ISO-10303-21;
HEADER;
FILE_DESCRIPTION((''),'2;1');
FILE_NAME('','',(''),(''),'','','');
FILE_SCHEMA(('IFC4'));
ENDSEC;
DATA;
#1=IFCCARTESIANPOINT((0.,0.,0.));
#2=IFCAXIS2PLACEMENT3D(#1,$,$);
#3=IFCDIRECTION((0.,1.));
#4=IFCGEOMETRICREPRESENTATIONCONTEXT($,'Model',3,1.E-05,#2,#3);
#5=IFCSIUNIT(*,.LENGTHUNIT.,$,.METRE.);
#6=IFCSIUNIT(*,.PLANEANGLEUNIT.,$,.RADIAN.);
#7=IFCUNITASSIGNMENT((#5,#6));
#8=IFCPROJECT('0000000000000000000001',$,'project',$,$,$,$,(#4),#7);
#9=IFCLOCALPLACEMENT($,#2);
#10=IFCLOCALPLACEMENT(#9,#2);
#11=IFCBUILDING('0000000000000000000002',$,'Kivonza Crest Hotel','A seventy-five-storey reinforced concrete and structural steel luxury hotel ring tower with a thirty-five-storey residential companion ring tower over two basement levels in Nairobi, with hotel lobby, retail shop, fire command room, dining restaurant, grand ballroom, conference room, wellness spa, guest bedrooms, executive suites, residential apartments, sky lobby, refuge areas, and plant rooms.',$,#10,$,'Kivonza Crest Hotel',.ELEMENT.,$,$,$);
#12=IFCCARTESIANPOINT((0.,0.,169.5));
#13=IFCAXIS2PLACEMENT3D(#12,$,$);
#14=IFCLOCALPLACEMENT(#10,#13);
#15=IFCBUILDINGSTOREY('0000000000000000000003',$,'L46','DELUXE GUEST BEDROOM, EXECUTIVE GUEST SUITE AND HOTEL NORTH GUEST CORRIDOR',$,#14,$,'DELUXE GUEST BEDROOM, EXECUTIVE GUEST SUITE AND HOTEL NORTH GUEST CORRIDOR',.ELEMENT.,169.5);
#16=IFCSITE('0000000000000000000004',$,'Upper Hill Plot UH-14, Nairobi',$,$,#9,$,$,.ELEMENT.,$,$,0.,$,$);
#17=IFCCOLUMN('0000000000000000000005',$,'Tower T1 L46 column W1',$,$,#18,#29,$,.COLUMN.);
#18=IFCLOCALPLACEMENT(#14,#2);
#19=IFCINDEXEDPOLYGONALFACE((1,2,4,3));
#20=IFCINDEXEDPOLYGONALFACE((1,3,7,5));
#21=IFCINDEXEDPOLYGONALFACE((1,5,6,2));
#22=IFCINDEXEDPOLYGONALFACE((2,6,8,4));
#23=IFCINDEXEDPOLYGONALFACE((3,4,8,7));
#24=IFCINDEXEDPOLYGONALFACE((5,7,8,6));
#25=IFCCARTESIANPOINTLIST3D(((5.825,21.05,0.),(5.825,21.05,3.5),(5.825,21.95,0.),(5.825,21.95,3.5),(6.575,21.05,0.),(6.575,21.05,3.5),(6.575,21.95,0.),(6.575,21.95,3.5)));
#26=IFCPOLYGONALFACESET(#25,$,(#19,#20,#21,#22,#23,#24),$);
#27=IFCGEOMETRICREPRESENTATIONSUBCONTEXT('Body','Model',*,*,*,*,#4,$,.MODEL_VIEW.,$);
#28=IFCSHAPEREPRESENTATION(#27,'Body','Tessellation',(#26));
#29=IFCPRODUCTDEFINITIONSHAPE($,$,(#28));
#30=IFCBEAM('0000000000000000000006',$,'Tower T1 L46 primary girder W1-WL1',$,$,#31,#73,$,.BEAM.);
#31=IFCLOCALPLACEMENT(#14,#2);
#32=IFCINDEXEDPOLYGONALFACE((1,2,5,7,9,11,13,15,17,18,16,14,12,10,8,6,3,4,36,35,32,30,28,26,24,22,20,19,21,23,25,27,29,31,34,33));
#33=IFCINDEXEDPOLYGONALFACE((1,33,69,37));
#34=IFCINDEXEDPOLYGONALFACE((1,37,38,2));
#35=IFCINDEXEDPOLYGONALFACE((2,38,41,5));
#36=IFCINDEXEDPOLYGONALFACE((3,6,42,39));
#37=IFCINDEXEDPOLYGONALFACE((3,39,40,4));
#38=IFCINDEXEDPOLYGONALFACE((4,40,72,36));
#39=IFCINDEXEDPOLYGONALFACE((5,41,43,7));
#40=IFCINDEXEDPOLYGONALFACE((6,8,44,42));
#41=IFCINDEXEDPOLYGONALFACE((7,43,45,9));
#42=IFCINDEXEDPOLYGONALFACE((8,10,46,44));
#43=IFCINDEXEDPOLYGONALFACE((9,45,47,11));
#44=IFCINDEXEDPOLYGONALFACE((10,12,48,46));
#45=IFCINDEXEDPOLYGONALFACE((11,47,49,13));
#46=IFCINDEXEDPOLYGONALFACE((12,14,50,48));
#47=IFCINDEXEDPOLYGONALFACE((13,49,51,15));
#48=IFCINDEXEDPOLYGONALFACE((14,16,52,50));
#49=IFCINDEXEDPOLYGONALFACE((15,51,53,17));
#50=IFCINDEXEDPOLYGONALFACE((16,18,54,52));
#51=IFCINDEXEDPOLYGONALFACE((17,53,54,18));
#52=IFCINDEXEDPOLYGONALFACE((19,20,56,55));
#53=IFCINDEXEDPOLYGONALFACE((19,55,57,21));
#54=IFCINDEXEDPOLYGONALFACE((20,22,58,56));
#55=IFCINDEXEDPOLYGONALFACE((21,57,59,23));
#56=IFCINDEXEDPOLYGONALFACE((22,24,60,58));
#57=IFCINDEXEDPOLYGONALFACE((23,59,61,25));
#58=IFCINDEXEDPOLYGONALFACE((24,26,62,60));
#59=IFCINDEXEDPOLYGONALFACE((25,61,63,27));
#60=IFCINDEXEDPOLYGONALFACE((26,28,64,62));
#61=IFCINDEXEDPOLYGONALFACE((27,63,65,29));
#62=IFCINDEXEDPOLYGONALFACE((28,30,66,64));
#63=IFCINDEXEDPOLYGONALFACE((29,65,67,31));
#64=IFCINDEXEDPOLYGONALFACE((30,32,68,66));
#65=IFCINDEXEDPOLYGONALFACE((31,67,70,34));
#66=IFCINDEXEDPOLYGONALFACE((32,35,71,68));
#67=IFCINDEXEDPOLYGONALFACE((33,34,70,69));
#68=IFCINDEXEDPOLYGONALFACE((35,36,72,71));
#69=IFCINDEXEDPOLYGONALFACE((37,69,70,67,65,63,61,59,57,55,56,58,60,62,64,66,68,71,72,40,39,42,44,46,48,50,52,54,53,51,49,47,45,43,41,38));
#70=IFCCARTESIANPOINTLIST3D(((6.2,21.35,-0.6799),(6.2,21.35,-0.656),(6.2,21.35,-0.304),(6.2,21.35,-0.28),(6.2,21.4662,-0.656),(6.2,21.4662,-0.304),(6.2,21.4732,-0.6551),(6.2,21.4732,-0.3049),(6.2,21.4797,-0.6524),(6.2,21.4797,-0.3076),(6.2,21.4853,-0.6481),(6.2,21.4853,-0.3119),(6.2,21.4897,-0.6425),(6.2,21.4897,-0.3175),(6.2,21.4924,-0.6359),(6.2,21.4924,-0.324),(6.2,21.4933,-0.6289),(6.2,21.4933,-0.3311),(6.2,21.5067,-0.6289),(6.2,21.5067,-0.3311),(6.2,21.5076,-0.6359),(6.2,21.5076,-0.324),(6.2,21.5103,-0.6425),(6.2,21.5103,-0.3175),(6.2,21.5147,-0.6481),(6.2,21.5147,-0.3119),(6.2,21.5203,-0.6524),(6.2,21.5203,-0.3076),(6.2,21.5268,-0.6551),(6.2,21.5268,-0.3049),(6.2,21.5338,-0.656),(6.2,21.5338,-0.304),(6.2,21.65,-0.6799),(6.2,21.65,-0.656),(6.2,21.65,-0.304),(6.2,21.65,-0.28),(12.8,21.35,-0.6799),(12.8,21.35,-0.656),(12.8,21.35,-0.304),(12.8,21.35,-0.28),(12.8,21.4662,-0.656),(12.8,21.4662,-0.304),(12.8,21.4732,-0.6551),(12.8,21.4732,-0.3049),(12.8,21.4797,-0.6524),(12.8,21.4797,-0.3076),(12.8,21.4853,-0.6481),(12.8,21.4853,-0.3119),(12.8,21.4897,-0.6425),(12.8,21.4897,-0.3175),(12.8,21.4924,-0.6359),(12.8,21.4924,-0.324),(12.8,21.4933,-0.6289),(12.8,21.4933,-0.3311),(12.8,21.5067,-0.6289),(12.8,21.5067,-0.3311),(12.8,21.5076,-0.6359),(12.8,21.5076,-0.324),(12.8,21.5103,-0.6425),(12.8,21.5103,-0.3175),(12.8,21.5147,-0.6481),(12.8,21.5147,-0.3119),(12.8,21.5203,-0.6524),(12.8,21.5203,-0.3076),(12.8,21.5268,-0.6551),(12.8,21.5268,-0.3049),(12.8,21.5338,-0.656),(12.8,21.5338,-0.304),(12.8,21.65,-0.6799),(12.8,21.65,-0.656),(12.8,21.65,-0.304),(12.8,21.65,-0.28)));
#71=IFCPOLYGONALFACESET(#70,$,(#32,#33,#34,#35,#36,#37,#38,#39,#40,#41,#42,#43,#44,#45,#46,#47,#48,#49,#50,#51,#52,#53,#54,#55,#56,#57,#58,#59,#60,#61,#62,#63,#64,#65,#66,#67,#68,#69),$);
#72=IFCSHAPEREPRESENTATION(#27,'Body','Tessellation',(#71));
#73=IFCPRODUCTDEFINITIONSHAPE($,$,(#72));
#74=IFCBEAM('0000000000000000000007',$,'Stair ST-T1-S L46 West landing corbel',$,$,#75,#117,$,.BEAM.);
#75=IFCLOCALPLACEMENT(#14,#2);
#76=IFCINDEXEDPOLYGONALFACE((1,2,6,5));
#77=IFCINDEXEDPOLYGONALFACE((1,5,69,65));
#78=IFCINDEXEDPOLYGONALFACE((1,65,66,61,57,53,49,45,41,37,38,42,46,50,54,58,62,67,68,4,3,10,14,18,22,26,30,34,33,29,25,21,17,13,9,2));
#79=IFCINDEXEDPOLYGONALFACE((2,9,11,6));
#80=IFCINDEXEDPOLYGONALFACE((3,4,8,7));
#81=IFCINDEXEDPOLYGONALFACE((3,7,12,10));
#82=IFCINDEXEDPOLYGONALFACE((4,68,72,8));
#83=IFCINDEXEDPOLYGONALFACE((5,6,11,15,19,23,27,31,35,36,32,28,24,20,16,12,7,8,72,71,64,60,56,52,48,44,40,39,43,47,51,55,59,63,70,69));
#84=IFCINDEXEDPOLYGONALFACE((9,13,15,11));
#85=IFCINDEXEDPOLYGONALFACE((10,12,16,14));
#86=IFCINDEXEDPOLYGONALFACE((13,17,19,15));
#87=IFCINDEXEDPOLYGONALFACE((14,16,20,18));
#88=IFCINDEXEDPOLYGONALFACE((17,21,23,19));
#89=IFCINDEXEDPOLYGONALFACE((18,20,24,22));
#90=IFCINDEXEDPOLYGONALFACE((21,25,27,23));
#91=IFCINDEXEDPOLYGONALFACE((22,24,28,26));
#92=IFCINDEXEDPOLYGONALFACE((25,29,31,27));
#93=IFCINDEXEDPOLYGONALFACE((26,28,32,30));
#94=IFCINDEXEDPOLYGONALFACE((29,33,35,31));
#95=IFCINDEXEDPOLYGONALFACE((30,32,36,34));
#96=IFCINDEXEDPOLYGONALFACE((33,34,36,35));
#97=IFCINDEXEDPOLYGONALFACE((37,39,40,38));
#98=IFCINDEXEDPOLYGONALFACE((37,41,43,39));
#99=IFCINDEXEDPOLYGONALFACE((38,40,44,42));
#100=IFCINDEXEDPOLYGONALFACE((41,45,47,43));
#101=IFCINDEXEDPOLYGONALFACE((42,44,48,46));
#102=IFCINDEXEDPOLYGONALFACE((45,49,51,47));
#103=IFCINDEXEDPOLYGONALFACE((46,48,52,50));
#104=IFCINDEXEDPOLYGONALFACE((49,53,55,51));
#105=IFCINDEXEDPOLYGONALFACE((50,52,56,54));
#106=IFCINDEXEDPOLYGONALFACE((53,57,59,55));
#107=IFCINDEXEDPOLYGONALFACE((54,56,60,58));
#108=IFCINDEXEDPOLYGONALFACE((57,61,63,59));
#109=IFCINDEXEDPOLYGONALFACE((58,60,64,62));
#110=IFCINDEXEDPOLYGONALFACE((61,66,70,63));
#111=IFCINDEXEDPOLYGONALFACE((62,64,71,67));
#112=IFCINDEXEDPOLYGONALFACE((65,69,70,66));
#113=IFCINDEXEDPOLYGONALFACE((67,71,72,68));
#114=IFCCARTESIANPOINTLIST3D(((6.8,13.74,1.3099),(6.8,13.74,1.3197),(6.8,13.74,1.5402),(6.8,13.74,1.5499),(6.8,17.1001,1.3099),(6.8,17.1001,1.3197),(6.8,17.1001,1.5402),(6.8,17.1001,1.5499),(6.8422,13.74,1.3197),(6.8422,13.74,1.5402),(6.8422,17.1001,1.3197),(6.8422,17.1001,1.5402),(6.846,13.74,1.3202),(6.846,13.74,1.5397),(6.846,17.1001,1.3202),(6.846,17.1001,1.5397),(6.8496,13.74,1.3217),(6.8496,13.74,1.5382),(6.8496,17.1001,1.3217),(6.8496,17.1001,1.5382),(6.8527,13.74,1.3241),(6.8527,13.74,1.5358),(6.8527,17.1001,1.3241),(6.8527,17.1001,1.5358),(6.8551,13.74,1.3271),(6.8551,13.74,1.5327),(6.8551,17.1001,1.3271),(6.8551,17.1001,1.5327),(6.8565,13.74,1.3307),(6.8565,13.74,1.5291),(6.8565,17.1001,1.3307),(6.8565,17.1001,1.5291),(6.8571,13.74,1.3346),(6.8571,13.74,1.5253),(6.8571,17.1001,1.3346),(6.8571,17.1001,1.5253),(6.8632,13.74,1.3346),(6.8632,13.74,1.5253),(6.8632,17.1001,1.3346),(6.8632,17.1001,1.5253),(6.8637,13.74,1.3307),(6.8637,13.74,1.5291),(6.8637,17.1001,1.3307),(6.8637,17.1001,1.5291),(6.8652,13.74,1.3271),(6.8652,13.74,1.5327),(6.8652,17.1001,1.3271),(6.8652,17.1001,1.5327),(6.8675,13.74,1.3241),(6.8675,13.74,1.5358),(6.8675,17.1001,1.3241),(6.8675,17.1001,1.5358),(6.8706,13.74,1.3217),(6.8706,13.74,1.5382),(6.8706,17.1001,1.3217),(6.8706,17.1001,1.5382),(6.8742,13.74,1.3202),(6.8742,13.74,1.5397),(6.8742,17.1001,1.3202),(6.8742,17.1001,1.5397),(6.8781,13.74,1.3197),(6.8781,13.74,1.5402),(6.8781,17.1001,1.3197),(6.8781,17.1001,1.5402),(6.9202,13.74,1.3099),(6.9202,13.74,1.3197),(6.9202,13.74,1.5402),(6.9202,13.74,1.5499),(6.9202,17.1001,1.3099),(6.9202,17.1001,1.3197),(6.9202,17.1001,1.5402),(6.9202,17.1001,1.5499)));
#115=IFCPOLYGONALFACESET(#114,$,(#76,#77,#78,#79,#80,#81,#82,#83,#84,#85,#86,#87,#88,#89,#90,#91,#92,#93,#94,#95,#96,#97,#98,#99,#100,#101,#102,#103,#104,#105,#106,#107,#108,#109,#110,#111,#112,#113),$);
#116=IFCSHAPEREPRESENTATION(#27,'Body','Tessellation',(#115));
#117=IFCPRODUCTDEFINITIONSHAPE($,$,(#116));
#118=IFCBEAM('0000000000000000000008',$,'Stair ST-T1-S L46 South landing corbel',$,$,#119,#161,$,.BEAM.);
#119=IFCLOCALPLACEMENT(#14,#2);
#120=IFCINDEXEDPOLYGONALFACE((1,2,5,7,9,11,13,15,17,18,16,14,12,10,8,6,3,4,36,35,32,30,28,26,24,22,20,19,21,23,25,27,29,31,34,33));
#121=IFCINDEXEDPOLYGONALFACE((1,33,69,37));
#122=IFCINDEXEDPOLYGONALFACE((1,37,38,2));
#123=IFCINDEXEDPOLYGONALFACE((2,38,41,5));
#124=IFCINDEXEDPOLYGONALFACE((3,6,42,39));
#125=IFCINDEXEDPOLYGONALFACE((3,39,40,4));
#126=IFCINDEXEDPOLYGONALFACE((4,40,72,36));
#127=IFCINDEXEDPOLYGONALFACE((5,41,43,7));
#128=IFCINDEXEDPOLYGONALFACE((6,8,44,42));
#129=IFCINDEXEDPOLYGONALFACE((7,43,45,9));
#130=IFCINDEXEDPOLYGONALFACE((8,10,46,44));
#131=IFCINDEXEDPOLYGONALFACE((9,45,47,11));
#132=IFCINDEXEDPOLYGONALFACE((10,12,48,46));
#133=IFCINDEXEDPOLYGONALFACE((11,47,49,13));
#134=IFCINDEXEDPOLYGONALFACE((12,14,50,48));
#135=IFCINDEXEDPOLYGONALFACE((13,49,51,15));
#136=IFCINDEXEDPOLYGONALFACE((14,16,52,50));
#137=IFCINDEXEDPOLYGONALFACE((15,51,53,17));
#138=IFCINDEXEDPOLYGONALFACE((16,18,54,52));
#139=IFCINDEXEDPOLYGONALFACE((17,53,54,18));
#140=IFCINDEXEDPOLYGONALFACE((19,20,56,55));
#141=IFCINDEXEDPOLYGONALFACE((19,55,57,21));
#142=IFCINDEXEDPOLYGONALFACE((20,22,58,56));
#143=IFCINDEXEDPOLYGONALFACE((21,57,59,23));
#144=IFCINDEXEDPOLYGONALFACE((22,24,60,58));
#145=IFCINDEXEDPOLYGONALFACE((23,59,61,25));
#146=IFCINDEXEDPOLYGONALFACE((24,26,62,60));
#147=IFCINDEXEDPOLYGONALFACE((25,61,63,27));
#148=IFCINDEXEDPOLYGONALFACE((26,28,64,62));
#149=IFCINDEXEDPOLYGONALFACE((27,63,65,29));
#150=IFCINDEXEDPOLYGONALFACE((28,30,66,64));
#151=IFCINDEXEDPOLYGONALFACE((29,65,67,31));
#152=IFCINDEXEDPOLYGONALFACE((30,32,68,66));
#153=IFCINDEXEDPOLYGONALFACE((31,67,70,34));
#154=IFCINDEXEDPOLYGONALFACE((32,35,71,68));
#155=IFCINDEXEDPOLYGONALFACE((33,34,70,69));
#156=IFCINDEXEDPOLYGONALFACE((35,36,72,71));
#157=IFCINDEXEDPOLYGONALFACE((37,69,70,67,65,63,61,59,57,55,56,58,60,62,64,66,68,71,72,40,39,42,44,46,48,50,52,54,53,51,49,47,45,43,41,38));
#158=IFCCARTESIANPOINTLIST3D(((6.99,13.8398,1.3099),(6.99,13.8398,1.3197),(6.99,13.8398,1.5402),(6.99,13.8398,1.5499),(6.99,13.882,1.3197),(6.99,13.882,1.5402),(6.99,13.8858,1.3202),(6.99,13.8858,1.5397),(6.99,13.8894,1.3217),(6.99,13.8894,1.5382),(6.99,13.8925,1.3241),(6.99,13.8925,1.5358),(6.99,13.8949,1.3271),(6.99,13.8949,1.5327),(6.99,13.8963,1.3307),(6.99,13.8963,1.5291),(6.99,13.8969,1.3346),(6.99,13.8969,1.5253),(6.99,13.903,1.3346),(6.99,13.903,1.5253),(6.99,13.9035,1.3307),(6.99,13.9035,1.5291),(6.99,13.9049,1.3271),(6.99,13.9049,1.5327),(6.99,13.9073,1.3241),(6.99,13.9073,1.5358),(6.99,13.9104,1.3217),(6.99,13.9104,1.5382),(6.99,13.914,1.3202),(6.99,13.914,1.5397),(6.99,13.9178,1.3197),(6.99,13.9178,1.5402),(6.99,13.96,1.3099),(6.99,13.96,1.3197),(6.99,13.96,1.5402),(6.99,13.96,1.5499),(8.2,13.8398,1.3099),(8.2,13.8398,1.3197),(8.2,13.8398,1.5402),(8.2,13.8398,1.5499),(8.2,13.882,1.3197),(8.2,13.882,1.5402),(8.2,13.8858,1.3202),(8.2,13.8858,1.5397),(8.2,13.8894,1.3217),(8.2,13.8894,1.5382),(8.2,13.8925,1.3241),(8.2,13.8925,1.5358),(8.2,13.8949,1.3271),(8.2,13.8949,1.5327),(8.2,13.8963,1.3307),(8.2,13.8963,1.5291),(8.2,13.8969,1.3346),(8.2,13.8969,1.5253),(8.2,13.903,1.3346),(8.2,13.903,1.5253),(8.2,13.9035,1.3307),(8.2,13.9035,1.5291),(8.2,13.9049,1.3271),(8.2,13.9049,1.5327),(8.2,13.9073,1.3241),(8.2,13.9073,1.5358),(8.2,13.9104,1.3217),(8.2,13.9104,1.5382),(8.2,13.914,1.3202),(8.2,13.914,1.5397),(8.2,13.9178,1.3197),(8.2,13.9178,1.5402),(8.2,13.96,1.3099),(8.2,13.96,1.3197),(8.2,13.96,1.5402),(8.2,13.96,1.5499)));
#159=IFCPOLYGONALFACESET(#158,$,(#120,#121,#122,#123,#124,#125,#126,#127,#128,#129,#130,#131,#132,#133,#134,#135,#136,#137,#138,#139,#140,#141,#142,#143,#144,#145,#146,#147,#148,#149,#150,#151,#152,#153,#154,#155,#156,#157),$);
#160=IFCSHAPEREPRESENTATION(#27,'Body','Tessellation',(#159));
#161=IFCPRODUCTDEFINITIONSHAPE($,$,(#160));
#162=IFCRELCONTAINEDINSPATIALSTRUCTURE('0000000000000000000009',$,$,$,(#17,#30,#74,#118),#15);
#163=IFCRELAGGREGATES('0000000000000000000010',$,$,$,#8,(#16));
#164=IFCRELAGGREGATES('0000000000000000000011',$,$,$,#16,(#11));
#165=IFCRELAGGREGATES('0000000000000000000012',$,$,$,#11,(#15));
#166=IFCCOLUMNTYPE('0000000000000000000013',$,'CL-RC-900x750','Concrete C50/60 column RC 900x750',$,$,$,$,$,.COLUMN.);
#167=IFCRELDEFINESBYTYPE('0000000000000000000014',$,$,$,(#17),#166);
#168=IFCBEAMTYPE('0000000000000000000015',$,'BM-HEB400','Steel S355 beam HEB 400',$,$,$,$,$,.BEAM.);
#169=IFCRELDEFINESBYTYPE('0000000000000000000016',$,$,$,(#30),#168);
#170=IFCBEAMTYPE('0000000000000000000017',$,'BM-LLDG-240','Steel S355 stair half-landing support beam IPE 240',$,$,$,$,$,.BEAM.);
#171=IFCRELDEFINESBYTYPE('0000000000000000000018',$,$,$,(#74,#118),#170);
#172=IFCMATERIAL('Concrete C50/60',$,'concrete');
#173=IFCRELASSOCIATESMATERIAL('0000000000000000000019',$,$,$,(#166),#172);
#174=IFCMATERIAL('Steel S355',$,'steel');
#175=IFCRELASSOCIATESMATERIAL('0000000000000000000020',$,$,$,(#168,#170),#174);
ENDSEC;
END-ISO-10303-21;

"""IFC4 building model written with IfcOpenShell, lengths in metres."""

from ifc_helpers import new_model, si_unit, direction, frame, origin, origin_2d, place, context, subcontext, project, spatial, rectangle, i_section, extrude, material, material_profile, profile_set, type_object, element, save


model = new_model("IFC4")

# Units and contexts
model_context = context("Model", 3, precision=1e-05, world=origin(), true_north=direction((0.0, 1.0)))
body_context = subcontext(model_context, "Body", "Model", "MODEL_VIEW")
ifc_project = project(units=[si_unit("LENGTHUNIT", "METRE"), si_unit("PLANEANGLEUNIT", "RADIAN")], contexts=[model_context])

# Site, building, storey
site_placement = place(None, origin())
site = spatial("IfcSite", under=ifc_project, at=site_placement, Name="Upper Hill Plot UH-14, Nairobi", CompositionType="ELEMENT", RefElevation=0.0)
building_placement = place(site_placement, origin())
building = spatial("IfcBuilding", under=site, at=building_placement, Name="Kivonza Crest Hotel", Description="A seventy-five-storey reinforced concrete and structural steel luxury hotel ring tower with a thirty-five-storey residential companion ring tower over two basement levels in Nairobi, with hotel lobby, retail shop, fire command room, dining restaurant, grand ballroom, conference room, wellness spa, guest bedrooms, executive suites, residential apartments, sky lobby, refuge areas, and plant rooms.", LongName="Kivonza Crest Hotel", CompositionType="ELEMENT")
storey_placement = place(building_placement, frame((0.0, 0.0, 169.5)))
storey = spatial("IfcBuildingStorey", under=building, at=storey_placement, Name="L46", Description="DELUXE GUEST BEDROOM, EXECUTIVE GUEST SUITE AND HOTEL NORTH GUEST CORRIDOR", LongName="DELUXE GUEST BEDROOM, EXECUTIVE GUEST SUITE AND HOTEL NORTH GUEST CORRIDOR", CompositionType="ELEMENT", Elevation=169.5)

# Column
ifc_material_1 = material(Name="Concrete C50/60", Category="concrete")
ifc_material_profile_1 = material_profile(ifc_material_1, rectangle(XDim=0.75, YDim=0.8999, at=origin_2d()), Name="RC 900x750")
ifc_profile_set_1 = profile_set([ifc_material_profile_1], Name="Concrete C50/60")
column_type = type_object("IfcColumnType", Name="CL-RC-900x750", Description="Concrete C50/60 column RC 900x750", PredefinedType="COLUMN", material=ifc_profile_set_1)
column_placement = place(storey_placement, frame((6.2, 21.5, 0.0), z_axis=(0.0, 0.0, 1.0), x_axis=(1.0, 0.0, 0.0)))
element("IfcColumn", 1, at=column_placement, inside=storey, type_object=column_type, Name="Tower T1 L46 column W1", PredefinedType="COLUMN", context=body_context, shape_type="SweptSolid", body=[
    extrude(rectangle(XDim=0.75, YDim=0.8999, at=origin_2d()), origin(), (0.0, 0.0, 1.0), 3.5),
])

# Beams
ifc_material_2 = material(Name="Steel S355", Category="steel")
ifc_material_profile_2 = material_profile(ifc_material_2, i_section(OverallWidth=0.3, OverallDepth=0.3999, WebThickness=0.0134, FlangeThickness=0.0239, FilletRadius=0.0271, at=origin_2d()), Name="HEB 400")
ifc_profile_set_2 = profile_set([ifc_material_profile_2], Name="Steel S355")
beam_type_1 = type_object("IfcBeamType", Name="BM-HEB400", Description="Steel S355 beam HEB 400", PredefinedType="BEAM", material=ifc_profile_set_2)
beam_1_placement = place(storey_placement, frame((6.2, 21.5, -0.48), z_axis=(1.0, 0.0, 0.0), x_axis=(0.0, 1.0, 0.0)))
element("IfcBeam", 2, at=beam_1_placement, inside=storey, type_object=beam_type_1, Name="Tower T1 L46 primary girder W1-WL1", PredefinedType="BEAM", context=body_context, shape_type="SweptSolid", body=[
    extrude(i_section(OverallWidth=0.3, OverallDepth=0.3999, WebThickness=0.0134, FlangeThickness=0.0239, FilletRadius=0.0271, at=origin_2d()), origin(), (0.0, 0.0, 1.0), 6.6001),
])
ifc_material_profile_3 = material_profile(ifc_material_2, i_section(OverallWidth=0.1201, OverallDepth=0.24, WebThickness=0.0061, FlangeThickness=0.0098, FilletRadius=0.0149, at=origin_2d()), Name="IPE 240")
ifc_profile_set_3 = profile_set([ifc_material_profile_3], Name="Steel S355")
beam_type_2 = type_object("IfcBeamType", Name="BM-LLDG-240", Description="Steel S355 stair half-landing support beam IPE 240", PredefinedType="BEAM", material=ifc_profile_set_3)
beam_2_placement = place(storey_placement, frame((6.8601, 13.74, 1.4299), z_axis=(0.0, 1.0, 0.0), x_axis=(-1.0, 0.0, 0.0)))
element("IfcBeam", 3, at=beam_2_placement, inside=storey, type_object=beam_type_2, Name="Stair ST-T1-S L46 West landing corbel", PredefinedType="BEAM", context=body_context, shape_type="SweptSolid", body=[
    extrude(i_section(OverallWidth=0.1201, OverallDepth=0.24, WebThickness=0.0061, FlangeThickness=0.0098, FilletRadius=0.0149, at=origin_2d()), origin(), (0.0, 0.0, 1.0), 3.3601),
])
for number, where, z_axis, x_axis, name in (
    (4, (6.99, 13.8999, 1.4299), (1.0, 0.0, 0.0), (0.0, 1.0, 0.0), "Stair ST-T1-S L46 South landing corbel"),
):
    element("IfcBeam", number, at=place(storey_placement, frame(where, z_axis=z_axis, x_axis=x_axis)), inside=storey, type_object=beam_type_2, Name=name, PredefinedType="BEAM", context=body_context, shape_type="SweptSolid", body=[
        extrude(i_section(OverallWidth=0.1201, OverallDepth=0.24, WebThickness=0.0061, FlangeThickness=0.0098, FilletRadius=0.0149, at=origin_2d()), origin(), (0.0, 0.0, 1.0), 1.21),
    ])

save(model, "model.ifc")
